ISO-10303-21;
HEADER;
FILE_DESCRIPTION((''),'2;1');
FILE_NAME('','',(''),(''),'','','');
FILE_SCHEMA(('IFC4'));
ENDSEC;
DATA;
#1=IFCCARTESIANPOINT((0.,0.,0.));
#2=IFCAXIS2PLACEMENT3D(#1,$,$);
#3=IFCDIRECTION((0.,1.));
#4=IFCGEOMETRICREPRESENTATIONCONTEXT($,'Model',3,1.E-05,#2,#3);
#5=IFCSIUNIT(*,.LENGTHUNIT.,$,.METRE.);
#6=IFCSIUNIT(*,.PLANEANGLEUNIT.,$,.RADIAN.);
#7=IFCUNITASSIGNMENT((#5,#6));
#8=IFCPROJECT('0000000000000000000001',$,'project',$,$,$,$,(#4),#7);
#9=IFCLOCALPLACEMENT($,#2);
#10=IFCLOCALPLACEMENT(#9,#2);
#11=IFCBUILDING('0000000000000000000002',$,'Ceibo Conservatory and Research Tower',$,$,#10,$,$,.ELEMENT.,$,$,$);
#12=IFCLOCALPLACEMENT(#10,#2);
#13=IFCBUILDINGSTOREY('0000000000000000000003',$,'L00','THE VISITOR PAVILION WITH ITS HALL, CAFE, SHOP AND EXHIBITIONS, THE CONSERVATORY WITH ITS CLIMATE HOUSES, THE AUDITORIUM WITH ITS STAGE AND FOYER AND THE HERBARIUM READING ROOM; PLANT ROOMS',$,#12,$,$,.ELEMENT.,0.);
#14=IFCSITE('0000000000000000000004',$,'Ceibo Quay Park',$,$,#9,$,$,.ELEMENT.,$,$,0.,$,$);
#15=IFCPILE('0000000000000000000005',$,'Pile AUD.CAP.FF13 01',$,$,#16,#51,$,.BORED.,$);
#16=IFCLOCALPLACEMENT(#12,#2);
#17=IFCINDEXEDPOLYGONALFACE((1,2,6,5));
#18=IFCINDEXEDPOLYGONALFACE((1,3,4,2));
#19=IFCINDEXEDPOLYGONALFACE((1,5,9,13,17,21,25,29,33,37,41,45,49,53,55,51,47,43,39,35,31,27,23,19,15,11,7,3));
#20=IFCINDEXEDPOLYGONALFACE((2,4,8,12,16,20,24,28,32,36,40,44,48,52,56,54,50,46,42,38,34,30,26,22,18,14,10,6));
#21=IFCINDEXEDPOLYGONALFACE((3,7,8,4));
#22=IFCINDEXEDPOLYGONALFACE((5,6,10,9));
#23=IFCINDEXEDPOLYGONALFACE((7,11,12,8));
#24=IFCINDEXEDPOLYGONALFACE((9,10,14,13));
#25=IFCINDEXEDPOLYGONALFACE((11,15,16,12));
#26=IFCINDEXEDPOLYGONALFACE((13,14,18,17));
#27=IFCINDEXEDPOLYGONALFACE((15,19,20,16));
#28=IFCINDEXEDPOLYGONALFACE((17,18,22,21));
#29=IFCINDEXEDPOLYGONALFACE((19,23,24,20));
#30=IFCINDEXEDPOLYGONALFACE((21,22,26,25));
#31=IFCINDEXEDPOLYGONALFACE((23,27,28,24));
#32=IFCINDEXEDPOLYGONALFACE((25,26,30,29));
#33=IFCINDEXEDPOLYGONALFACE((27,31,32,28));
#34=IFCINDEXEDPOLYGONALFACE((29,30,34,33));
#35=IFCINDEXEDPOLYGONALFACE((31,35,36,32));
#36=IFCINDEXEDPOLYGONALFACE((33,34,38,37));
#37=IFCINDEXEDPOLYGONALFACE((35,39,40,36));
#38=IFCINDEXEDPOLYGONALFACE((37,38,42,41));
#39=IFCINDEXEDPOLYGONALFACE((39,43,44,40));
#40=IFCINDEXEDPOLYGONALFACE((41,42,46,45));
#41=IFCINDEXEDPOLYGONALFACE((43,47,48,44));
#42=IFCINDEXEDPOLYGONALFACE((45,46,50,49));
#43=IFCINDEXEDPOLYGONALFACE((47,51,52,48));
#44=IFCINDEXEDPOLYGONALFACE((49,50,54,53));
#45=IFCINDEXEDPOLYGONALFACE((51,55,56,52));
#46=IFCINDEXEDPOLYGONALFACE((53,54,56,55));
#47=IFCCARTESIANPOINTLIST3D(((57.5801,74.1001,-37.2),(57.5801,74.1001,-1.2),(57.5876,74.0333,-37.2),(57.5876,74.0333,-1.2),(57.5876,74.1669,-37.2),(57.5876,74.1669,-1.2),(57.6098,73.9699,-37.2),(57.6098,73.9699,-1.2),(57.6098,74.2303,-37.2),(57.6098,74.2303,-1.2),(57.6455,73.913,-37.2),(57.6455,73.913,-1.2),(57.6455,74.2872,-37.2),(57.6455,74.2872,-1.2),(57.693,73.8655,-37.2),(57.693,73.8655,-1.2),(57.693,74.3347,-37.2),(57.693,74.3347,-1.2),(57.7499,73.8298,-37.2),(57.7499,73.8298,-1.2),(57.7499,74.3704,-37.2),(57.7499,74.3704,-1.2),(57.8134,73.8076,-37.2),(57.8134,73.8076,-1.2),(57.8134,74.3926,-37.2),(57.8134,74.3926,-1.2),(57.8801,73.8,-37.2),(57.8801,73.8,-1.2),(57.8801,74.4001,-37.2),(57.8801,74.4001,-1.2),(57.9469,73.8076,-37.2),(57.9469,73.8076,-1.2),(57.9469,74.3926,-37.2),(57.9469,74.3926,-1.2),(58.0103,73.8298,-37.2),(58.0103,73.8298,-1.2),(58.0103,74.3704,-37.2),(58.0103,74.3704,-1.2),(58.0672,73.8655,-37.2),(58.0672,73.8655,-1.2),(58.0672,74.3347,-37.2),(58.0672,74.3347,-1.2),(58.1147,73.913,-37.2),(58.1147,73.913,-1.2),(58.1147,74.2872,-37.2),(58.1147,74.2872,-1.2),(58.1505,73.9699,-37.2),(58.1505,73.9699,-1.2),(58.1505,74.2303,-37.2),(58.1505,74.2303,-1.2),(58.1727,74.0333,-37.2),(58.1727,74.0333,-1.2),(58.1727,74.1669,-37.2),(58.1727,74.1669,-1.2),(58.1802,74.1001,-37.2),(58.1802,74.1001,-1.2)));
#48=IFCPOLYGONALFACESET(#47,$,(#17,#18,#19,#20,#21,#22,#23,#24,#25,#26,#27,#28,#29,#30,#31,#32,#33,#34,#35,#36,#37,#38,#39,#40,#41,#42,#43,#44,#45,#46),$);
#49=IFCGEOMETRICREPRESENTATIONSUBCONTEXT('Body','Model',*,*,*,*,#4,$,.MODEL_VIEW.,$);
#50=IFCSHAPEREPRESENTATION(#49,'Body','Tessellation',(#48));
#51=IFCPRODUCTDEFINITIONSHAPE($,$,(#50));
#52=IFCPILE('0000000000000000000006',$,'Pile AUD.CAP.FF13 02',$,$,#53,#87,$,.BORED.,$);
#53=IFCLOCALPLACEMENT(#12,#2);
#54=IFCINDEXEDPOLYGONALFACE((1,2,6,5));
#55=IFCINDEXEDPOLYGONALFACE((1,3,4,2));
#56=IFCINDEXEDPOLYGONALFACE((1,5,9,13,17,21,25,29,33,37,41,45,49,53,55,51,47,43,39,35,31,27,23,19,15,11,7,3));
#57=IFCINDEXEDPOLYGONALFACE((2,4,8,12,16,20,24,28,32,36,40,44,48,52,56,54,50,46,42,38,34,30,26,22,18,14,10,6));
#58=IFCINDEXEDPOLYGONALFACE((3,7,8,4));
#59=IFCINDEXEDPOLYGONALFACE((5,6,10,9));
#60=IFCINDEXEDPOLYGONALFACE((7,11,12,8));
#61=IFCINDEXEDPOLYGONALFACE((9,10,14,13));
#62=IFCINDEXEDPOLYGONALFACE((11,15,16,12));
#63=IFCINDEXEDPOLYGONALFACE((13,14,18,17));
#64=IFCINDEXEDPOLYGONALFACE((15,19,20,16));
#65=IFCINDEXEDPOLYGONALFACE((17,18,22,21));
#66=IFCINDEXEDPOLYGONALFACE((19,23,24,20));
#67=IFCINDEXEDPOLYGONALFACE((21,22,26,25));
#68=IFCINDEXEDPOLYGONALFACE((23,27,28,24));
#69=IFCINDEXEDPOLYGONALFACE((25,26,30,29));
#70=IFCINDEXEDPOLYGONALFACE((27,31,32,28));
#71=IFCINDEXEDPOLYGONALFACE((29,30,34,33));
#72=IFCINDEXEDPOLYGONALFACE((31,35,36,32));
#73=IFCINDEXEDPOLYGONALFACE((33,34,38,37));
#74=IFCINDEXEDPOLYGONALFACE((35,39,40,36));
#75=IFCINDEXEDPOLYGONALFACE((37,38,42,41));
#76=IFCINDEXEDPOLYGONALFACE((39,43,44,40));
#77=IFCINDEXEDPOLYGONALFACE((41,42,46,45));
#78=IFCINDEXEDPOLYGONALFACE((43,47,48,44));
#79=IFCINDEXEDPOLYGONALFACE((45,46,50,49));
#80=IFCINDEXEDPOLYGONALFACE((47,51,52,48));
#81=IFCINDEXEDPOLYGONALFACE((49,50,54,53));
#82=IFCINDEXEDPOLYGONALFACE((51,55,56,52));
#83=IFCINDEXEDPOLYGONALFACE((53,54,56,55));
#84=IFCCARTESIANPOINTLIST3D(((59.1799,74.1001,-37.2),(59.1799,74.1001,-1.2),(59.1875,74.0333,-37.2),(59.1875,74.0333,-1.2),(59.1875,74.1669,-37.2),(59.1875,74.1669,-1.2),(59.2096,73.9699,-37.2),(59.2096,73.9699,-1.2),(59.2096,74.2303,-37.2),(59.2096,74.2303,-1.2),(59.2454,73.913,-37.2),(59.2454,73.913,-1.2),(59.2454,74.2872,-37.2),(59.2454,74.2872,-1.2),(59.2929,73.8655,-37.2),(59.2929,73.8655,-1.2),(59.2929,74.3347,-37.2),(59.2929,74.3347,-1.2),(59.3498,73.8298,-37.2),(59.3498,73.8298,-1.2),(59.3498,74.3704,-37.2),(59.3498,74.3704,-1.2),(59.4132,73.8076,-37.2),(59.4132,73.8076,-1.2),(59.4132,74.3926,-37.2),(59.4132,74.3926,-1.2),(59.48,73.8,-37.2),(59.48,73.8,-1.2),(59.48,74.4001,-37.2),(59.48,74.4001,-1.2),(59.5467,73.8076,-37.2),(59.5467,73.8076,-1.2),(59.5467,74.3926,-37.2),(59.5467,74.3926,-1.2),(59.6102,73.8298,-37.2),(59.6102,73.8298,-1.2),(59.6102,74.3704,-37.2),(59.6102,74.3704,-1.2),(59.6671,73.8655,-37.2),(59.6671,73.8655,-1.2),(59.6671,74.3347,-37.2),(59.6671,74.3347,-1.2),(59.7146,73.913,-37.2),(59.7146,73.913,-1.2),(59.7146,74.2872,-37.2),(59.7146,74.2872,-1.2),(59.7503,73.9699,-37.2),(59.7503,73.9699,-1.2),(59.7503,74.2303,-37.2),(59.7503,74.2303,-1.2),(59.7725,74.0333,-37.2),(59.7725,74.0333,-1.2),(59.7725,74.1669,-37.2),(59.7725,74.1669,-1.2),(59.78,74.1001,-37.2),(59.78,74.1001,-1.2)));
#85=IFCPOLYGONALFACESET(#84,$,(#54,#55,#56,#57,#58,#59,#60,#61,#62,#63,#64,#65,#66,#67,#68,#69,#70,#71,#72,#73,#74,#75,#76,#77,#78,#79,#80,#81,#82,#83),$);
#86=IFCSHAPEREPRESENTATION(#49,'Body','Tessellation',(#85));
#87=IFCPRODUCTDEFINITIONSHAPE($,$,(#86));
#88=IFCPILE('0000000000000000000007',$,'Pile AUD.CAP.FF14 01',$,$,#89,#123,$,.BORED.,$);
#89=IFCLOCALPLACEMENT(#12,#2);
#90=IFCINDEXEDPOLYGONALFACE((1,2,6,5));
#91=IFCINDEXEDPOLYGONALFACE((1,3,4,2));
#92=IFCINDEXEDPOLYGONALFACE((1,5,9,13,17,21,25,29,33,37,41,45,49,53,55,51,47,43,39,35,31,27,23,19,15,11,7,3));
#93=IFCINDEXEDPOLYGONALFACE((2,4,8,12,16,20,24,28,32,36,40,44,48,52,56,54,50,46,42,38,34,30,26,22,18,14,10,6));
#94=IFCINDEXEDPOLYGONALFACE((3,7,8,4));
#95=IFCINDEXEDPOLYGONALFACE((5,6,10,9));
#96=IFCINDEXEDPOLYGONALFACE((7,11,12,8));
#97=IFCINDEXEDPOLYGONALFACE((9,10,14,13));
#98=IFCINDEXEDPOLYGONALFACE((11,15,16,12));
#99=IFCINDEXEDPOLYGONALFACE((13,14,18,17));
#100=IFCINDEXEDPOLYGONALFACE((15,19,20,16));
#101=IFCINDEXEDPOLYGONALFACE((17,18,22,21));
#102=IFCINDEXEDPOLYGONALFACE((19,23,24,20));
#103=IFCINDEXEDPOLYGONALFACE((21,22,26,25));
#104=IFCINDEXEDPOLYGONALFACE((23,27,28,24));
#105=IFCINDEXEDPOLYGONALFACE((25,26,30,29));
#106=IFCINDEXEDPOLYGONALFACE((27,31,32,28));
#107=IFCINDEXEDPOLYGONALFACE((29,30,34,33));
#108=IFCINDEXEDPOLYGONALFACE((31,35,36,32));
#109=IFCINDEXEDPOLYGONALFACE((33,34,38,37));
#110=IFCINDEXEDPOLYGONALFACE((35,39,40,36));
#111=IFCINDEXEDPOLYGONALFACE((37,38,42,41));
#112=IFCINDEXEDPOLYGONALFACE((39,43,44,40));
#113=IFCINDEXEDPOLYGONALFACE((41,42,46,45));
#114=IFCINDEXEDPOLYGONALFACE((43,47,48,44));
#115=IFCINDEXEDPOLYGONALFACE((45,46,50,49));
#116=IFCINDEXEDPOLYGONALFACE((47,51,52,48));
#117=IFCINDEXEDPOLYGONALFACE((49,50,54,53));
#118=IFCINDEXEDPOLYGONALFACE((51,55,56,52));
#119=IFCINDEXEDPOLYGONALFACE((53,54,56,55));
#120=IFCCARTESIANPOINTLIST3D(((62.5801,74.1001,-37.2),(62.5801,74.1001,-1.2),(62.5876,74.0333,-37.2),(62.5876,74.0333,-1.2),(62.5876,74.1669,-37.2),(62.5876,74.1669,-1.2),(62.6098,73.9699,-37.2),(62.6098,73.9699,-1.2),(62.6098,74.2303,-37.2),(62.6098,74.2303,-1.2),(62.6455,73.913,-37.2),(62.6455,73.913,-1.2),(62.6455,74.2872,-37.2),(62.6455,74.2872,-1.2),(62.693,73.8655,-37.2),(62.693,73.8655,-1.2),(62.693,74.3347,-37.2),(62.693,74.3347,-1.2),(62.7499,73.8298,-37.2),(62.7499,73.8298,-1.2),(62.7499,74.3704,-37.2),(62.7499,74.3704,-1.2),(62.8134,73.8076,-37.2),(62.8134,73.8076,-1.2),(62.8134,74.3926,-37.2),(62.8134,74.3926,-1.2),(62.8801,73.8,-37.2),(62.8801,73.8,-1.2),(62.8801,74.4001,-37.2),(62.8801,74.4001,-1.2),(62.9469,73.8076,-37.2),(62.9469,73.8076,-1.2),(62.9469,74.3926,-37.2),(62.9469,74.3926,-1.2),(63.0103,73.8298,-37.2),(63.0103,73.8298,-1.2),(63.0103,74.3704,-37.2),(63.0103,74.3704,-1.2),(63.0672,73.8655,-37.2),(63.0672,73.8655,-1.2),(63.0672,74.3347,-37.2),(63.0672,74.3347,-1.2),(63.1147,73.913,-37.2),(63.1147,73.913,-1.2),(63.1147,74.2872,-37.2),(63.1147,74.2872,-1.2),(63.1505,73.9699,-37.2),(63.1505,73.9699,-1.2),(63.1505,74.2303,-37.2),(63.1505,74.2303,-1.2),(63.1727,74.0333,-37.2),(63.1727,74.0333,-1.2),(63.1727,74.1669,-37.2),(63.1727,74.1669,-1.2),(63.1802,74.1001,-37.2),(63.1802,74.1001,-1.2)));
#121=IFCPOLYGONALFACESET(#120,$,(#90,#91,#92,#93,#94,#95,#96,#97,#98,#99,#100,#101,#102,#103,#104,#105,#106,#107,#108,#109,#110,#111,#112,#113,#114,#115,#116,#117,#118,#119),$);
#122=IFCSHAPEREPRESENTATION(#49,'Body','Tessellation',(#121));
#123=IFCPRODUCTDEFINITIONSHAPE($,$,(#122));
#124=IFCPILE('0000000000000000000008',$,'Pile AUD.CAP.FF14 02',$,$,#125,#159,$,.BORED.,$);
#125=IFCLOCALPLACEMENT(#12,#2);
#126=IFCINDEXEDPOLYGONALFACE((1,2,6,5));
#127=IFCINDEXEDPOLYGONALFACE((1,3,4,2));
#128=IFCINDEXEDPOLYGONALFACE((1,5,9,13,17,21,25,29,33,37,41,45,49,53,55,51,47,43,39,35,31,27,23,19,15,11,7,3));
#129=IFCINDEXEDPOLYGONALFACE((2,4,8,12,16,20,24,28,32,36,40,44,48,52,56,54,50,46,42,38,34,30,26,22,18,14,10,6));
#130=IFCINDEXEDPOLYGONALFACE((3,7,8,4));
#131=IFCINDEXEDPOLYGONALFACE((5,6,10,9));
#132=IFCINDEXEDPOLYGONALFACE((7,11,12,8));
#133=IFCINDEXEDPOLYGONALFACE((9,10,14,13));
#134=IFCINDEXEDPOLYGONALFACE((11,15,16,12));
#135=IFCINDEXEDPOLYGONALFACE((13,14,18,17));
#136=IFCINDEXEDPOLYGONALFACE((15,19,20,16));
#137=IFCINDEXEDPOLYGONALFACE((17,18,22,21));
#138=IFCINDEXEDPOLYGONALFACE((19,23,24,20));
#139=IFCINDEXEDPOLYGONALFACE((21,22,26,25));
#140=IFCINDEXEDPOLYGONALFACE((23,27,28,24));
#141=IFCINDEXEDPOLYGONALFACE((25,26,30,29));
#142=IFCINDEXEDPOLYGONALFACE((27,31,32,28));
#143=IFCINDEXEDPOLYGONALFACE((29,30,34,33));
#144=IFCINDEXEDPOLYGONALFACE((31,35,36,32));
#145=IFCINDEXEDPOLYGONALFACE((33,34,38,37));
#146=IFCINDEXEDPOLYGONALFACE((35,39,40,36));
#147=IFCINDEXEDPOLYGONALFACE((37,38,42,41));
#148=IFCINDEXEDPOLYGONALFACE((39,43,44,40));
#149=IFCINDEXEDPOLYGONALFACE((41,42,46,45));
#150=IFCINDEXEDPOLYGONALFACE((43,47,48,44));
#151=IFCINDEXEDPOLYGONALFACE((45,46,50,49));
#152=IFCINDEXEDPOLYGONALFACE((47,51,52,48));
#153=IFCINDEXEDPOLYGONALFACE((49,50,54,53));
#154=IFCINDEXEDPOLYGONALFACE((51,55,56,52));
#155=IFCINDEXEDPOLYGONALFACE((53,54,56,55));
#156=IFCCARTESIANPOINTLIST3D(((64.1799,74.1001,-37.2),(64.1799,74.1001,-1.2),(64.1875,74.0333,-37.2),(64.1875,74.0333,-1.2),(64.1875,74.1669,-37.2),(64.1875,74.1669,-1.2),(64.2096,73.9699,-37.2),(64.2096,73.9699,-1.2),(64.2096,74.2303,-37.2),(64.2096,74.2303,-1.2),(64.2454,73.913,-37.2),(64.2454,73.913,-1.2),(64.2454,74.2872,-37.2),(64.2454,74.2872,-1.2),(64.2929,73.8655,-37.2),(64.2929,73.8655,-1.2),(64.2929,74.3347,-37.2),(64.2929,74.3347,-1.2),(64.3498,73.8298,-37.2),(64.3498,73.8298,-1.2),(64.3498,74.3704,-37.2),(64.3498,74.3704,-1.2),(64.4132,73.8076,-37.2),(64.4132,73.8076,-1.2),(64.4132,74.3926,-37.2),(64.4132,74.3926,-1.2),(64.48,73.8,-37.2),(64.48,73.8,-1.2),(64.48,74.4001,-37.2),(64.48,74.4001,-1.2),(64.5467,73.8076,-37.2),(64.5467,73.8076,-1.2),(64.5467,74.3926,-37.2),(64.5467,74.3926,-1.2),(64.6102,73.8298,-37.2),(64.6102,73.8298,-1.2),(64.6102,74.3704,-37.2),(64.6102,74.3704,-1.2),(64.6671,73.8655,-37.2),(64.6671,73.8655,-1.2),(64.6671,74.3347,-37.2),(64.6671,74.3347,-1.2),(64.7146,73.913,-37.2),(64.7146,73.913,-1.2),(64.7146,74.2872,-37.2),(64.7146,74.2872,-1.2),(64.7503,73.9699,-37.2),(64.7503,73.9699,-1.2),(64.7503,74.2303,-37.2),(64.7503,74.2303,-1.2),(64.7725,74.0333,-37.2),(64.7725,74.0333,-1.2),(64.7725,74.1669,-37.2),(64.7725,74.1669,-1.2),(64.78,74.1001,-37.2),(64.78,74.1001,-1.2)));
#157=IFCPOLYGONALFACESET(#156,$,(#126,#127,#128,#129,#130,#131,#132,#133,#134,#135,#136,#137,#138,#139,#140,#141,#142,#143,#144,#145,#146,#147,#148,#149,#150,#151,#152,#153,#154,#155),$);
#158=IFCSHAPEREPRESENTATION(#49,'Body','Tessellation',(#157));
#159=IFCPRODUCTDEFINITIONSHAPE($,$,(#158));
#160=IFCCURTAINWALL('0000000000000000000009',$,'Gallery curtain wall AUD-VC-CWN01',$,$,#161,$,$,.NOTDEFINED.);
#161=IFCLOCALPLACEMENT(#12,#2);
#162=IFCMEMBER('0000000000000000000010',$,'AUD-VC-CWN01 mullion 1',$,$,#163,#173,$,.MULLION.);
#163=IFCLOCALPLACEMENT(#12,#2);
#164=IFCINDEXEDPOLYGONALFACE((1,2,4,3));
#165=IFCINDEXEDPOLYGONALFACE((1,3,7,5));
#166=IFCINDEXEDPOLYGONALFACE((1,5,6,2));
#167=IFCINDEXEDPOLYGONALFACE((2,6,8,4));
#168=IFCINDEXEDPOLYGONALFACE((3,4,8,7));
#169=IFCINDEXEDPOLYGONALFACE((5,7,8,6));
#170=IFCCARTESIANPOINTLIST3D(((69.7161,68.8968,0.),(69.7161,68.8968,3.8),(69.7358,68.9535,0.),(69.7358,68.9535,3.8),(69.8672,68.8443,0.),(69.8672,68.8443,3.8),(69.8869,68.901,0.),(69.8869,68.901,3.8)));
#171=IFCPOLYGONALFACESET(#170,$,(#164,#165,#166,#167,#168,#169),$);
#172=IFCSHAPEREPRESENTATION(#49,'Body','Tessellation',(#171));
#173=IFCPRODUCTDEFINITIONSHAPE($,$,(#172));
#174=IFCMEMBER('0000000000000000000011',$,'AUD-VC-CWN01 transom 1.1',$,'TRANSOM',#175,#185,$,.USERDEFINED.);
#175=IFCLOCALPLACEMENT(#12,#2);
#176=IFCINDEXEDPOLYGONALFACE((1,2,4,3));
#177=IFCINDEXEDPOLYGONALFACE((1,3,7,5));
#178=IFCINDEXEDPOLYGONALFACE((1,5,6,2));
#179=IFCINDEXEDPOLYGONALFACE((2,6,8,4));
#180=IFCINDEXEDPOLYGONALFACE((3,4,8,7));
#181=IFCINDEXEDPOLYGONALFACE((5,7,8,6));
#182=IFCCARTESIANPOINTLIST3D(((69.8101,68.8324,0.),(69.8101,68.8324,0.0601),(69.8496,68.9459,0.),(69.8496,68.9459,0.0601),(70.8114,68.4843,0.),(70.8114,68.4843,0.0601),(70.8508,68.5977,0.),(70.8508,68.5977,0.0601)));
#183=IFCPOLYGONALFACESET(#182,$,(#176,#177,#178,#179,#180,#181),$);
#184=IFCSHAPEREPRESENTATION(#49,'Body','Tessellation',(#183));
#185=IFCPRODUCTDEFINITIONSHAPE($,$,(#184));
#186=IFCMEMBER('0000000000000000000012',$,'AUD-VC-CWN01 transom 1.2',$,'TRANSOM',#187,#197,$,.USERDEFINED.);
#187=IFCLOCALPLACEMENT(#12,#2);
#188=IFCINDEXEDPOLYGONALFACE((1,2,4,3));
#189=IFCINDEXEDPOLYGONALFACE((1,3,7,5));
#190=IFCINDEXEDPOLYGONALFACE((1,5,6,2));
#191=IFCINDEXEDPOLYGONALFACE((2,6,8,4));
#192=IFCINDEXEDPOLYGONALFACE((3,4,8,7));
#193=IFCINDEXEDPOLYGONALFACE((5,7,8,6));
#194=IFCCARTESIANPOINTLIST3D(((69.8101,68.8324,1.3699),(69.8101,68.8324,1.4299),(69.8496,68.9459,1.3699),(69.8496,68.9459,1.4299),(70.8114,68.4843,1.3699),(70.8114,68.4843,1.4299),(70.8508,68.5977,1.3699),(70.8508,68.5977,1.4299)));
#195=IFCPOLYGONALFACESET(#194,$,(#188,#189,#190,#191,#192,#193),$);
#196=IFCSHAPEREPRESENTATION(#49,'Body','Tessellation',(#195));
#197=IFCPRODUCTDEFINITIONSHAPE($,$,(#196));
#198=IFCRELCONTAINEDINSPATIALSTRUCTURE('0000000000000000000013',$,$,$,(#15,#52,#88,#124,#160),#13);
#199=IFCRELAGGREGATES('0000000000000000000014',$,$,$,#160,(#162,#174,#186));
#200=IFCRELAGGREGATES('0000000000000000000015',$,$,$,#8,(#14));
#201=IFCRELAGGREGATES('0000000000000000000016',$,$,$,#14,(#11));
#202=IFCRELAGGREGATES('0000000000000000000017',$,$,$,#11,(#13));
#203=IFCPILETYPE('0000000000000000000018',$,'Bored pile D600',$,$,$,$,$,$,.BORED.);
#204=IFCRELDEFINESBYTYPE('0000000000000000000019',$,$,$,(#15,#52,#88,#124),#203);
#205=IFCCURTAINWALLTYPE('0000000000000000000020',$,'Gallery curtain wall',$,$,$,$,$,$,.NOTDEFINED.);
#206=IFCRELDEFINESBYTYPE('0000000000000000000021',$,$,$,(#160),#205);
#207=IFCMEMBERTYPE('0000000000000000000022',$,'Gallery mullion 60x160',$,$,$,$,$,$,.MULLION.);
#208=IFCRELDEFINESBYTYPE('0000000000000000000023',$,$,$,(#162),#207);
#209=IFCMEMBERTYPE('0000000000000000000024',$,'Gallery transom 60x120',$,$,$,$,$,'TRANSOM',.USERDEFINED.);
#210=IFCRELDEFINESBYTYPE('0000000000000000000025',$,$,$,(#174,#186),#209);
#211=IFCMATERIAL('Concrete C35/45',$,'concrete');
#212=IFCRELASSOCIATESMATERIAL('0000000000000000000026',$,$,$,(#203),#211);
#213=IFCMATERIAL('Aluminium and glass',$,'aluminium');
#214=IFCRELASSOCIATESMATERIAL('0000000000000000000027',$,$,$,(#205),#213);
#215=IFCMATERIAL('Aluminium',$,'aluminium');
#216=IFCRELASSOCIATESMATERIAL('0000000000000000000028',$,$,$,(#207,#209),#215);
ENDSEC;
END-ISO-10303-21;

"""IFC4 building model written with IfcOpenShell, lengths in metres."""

from ifc_helpers import new_model, si_unit, direction, frame, origin, origin_2d, place, context, subcontext, project, spatial, rectangle, circle, extrude, material, material_profile, profile_set, type_object, element, aggregate, save


model = new_model("IFC4")

# Units and contexts
model_context = context("Model", 3, precision=1e-05, world=origin(), true_north=direction((0.0, 1.0)))
body_context = subcontext(model_context, "Body", "Model", "MODEL_VIEW")
ifc_project = project(units=[si_unit("LENGTHUNIT", "METRE"), si_unit("PLANEANGLEUNIT", "RADIAN")], contexts=[model_context])

# Site, building, storey
site_placement = place(None, origin())
site = spatial("IfcSite", under=ifc_project, at=site_placement, Name="Ceibo Quay Park", CompositionType="ELEMENT", RefElevation=0.0)
building_placement = place(site_placement, origin())
building = spatial("IfcBuilding", under=site, at=building_placement, Name="Ceibo Conservatory and Research Tower", CompositionType="ELEMENT")
storey_placement = place(building_placement, origin())
storey = spatial("IfcBuildingStorey", under=building, at=storey_placement, Name="L00", Description="THE VISITOR PAVILION WITH ITS HALL, CAFE, SHOP AND EXHIBITIONS, THE CONSERVATORY WITH ITS CLIMATE HOUSES, THE AUDITORIUM WITH ITS STAGE AND FOYER AND THE HERBARIUM READING ROOM; PLANT ROOMS", CompositionType="ELEMENT", Elevation=0.0)

# Piles
ifc_material_1 = material(Name="Concrete C35/45", Category="concrete")
ifc_material_profile_1 = material_profile(ifc_material_1, circle(Radius=0.3, at=origin_2d()), Name="RC D600")
ifc_profile_set_1 = profile_set([ifc_material_profile_1], Name="Concrete C35/45")
pile_type = type_object("IfcPileType", Name="Bored pile D600", PredefinedType="BORED", material=ifc_profile_set_1)
for number, where, z_axis, x_axis, name in (
    (1, (57.8801, 74.1001, -1.2), (0.0, 0.0, -1.0), (1.0, 0.0, 0.0), "Pile AUD.CAP.FF13 01"),
    (2, (59.48, 74.1001, -1.2), (0.0, 0.0, -1.0), (1.0, 0.0, 0.0), "Pile AUD.CAP.FF13 02"),
    (3, (62.8801, 74.1001, -1.2), (0.0, 0.0, -1.0), (1.0, 0.0, 0.0), "Pile AUD.CAP.FF14 01"),
    (4, (64.48, 74.1001, -1.2), (0.0, 0.0, -1.0), (1.0, 0.0, 0.0), "Pile AUD.CAP.FF14 02"),
):
    element("IfcPile", number, at=place(storey_placement, frame(where, z_axis=z_axis, x_axis=x_axis)), inside=storey, type_object=pile_type, Name=name, PredefinedType="BORED", context=body_context, shape_type="SweptSolid", body=[
        extrude(circle(Radius=0.3, at=origin_2d()), origin(), (0.0, 0.0, 1.0), 36.0),
    ])

# Curtain wall, members
ifc_material_2 = material(Name="Aluminium and glass", Category="aluminium")
curtain_wall_type = type_object("IfcCurtainWallType", Name="Gallery curtain wall", PredefinedType="NOTDEFINED", material=ifc_material_2)
curtain_wall_placement = place(storey_placement, origin())
curtain_wall = element("IfcCurtainWall", 5, at=curtain_wall_placement, inside=storey, type_object=curtain_wall_type, Name="Gallery curtain wall AUD-VC-CWN01", PredefinedType="NOTDEFINED")
ifc_material_3 = material(Name="Aluminium", Category="aluminium")
ifc_material_profile_2 = material_profile(ifc_material_3, rectangle(XDim=0.0601, YDim=0.1599, at=origin_2d()), Name="AL 60x160")
ifc_profile_set_2 = profile_set([ifc_material_profile_2], Name="Aluminium")
member_type_1 = type_object("IfcMemberType", Name="Gallery mullion 60x160", PredefinedType="MULLION", material=ifc_profile_set_2)
member_1_placement = place(storey_placement, frame((69.8015, 68.8989, 0.0), z_axis=(0.0, 0.0, 1.0), x_axis=(0.328284, 0.944579, 0.0)))
member_1 = element("IfcMember", 6, at=member_1_placement, type_object=member_type_1, Name="AUD-VC-CWN01 mullion 1", PredefinedType="MULLION", context=body_context, shape_type="SweptSolid", body=[
    extrude(rectangle(XDim=0.0601, YDim=0.1599, at=origin_2d()), origin(), (0.0, 0.0, 1.0), 3.8),
])
ifc_material_profile_3 = material_profile(ifc_material_3, rectangle(XDim=0.1201, YDim=0.0601, at=origin_2d()), Name="AL 60x120")
ifc_profile_set_3 = profile_set([ifc_material_profile_3], Name="Aluminium")
member_type_2 = type_object("IfcMemberType", Name="Gallery transom 60x120", ElementType="TRANSOM", PredefinedType="USERDEFINED", material=ifc_profile_set_3)
member_2_placement = place(storey_placement, frame((69.8298, 68.8892, 0.03), z_axis=(0.944528, -0.328431, 0.0), x_axis=(0.328431, 0.944528, 0.0)))
member_2 = element("IfcMember", 7, at=member_2_placement, type_object=member_type_2, Name="AUD-VC-CWN01 transom 1.1", ObjectType="TRANSOM", PredefinedType="USERDEFINED", context=body_context, shape_type="SweptSolid", body=[
    extrude(rectangle(XDim=0.1201, YDim=0.0601, at=origin_2d()), origin(), (0.0, 0.0, 1.0), 1.0601),
])
member_3_placement = place(storey_placement, frame((69.8298, 68.8892, 1.3999), z_axis=(0.944528, -0.328431, 0.0), x_axis=(0.328431, 0.944528, 0.0)))
member_3 = element("IfcMember", 8, at=member_3_placement, type_object=member_type_2, Name="AUD-VC-CWN01 transom 1.2", ObjectType="TRANSOM", PredefinedType="USERDEFINED", context=body_context, shape_type="SweptSolid", body=[
    extrude(rectangle(XDim=0.1201, YDim=0.0601, at=origin_2d()), origin(), (0.0, 0.0, 1.0), 1.0601),
])
aggregate(curtain_wall, [member_1, member_2, member_3])

save(model, "model.ifc")
